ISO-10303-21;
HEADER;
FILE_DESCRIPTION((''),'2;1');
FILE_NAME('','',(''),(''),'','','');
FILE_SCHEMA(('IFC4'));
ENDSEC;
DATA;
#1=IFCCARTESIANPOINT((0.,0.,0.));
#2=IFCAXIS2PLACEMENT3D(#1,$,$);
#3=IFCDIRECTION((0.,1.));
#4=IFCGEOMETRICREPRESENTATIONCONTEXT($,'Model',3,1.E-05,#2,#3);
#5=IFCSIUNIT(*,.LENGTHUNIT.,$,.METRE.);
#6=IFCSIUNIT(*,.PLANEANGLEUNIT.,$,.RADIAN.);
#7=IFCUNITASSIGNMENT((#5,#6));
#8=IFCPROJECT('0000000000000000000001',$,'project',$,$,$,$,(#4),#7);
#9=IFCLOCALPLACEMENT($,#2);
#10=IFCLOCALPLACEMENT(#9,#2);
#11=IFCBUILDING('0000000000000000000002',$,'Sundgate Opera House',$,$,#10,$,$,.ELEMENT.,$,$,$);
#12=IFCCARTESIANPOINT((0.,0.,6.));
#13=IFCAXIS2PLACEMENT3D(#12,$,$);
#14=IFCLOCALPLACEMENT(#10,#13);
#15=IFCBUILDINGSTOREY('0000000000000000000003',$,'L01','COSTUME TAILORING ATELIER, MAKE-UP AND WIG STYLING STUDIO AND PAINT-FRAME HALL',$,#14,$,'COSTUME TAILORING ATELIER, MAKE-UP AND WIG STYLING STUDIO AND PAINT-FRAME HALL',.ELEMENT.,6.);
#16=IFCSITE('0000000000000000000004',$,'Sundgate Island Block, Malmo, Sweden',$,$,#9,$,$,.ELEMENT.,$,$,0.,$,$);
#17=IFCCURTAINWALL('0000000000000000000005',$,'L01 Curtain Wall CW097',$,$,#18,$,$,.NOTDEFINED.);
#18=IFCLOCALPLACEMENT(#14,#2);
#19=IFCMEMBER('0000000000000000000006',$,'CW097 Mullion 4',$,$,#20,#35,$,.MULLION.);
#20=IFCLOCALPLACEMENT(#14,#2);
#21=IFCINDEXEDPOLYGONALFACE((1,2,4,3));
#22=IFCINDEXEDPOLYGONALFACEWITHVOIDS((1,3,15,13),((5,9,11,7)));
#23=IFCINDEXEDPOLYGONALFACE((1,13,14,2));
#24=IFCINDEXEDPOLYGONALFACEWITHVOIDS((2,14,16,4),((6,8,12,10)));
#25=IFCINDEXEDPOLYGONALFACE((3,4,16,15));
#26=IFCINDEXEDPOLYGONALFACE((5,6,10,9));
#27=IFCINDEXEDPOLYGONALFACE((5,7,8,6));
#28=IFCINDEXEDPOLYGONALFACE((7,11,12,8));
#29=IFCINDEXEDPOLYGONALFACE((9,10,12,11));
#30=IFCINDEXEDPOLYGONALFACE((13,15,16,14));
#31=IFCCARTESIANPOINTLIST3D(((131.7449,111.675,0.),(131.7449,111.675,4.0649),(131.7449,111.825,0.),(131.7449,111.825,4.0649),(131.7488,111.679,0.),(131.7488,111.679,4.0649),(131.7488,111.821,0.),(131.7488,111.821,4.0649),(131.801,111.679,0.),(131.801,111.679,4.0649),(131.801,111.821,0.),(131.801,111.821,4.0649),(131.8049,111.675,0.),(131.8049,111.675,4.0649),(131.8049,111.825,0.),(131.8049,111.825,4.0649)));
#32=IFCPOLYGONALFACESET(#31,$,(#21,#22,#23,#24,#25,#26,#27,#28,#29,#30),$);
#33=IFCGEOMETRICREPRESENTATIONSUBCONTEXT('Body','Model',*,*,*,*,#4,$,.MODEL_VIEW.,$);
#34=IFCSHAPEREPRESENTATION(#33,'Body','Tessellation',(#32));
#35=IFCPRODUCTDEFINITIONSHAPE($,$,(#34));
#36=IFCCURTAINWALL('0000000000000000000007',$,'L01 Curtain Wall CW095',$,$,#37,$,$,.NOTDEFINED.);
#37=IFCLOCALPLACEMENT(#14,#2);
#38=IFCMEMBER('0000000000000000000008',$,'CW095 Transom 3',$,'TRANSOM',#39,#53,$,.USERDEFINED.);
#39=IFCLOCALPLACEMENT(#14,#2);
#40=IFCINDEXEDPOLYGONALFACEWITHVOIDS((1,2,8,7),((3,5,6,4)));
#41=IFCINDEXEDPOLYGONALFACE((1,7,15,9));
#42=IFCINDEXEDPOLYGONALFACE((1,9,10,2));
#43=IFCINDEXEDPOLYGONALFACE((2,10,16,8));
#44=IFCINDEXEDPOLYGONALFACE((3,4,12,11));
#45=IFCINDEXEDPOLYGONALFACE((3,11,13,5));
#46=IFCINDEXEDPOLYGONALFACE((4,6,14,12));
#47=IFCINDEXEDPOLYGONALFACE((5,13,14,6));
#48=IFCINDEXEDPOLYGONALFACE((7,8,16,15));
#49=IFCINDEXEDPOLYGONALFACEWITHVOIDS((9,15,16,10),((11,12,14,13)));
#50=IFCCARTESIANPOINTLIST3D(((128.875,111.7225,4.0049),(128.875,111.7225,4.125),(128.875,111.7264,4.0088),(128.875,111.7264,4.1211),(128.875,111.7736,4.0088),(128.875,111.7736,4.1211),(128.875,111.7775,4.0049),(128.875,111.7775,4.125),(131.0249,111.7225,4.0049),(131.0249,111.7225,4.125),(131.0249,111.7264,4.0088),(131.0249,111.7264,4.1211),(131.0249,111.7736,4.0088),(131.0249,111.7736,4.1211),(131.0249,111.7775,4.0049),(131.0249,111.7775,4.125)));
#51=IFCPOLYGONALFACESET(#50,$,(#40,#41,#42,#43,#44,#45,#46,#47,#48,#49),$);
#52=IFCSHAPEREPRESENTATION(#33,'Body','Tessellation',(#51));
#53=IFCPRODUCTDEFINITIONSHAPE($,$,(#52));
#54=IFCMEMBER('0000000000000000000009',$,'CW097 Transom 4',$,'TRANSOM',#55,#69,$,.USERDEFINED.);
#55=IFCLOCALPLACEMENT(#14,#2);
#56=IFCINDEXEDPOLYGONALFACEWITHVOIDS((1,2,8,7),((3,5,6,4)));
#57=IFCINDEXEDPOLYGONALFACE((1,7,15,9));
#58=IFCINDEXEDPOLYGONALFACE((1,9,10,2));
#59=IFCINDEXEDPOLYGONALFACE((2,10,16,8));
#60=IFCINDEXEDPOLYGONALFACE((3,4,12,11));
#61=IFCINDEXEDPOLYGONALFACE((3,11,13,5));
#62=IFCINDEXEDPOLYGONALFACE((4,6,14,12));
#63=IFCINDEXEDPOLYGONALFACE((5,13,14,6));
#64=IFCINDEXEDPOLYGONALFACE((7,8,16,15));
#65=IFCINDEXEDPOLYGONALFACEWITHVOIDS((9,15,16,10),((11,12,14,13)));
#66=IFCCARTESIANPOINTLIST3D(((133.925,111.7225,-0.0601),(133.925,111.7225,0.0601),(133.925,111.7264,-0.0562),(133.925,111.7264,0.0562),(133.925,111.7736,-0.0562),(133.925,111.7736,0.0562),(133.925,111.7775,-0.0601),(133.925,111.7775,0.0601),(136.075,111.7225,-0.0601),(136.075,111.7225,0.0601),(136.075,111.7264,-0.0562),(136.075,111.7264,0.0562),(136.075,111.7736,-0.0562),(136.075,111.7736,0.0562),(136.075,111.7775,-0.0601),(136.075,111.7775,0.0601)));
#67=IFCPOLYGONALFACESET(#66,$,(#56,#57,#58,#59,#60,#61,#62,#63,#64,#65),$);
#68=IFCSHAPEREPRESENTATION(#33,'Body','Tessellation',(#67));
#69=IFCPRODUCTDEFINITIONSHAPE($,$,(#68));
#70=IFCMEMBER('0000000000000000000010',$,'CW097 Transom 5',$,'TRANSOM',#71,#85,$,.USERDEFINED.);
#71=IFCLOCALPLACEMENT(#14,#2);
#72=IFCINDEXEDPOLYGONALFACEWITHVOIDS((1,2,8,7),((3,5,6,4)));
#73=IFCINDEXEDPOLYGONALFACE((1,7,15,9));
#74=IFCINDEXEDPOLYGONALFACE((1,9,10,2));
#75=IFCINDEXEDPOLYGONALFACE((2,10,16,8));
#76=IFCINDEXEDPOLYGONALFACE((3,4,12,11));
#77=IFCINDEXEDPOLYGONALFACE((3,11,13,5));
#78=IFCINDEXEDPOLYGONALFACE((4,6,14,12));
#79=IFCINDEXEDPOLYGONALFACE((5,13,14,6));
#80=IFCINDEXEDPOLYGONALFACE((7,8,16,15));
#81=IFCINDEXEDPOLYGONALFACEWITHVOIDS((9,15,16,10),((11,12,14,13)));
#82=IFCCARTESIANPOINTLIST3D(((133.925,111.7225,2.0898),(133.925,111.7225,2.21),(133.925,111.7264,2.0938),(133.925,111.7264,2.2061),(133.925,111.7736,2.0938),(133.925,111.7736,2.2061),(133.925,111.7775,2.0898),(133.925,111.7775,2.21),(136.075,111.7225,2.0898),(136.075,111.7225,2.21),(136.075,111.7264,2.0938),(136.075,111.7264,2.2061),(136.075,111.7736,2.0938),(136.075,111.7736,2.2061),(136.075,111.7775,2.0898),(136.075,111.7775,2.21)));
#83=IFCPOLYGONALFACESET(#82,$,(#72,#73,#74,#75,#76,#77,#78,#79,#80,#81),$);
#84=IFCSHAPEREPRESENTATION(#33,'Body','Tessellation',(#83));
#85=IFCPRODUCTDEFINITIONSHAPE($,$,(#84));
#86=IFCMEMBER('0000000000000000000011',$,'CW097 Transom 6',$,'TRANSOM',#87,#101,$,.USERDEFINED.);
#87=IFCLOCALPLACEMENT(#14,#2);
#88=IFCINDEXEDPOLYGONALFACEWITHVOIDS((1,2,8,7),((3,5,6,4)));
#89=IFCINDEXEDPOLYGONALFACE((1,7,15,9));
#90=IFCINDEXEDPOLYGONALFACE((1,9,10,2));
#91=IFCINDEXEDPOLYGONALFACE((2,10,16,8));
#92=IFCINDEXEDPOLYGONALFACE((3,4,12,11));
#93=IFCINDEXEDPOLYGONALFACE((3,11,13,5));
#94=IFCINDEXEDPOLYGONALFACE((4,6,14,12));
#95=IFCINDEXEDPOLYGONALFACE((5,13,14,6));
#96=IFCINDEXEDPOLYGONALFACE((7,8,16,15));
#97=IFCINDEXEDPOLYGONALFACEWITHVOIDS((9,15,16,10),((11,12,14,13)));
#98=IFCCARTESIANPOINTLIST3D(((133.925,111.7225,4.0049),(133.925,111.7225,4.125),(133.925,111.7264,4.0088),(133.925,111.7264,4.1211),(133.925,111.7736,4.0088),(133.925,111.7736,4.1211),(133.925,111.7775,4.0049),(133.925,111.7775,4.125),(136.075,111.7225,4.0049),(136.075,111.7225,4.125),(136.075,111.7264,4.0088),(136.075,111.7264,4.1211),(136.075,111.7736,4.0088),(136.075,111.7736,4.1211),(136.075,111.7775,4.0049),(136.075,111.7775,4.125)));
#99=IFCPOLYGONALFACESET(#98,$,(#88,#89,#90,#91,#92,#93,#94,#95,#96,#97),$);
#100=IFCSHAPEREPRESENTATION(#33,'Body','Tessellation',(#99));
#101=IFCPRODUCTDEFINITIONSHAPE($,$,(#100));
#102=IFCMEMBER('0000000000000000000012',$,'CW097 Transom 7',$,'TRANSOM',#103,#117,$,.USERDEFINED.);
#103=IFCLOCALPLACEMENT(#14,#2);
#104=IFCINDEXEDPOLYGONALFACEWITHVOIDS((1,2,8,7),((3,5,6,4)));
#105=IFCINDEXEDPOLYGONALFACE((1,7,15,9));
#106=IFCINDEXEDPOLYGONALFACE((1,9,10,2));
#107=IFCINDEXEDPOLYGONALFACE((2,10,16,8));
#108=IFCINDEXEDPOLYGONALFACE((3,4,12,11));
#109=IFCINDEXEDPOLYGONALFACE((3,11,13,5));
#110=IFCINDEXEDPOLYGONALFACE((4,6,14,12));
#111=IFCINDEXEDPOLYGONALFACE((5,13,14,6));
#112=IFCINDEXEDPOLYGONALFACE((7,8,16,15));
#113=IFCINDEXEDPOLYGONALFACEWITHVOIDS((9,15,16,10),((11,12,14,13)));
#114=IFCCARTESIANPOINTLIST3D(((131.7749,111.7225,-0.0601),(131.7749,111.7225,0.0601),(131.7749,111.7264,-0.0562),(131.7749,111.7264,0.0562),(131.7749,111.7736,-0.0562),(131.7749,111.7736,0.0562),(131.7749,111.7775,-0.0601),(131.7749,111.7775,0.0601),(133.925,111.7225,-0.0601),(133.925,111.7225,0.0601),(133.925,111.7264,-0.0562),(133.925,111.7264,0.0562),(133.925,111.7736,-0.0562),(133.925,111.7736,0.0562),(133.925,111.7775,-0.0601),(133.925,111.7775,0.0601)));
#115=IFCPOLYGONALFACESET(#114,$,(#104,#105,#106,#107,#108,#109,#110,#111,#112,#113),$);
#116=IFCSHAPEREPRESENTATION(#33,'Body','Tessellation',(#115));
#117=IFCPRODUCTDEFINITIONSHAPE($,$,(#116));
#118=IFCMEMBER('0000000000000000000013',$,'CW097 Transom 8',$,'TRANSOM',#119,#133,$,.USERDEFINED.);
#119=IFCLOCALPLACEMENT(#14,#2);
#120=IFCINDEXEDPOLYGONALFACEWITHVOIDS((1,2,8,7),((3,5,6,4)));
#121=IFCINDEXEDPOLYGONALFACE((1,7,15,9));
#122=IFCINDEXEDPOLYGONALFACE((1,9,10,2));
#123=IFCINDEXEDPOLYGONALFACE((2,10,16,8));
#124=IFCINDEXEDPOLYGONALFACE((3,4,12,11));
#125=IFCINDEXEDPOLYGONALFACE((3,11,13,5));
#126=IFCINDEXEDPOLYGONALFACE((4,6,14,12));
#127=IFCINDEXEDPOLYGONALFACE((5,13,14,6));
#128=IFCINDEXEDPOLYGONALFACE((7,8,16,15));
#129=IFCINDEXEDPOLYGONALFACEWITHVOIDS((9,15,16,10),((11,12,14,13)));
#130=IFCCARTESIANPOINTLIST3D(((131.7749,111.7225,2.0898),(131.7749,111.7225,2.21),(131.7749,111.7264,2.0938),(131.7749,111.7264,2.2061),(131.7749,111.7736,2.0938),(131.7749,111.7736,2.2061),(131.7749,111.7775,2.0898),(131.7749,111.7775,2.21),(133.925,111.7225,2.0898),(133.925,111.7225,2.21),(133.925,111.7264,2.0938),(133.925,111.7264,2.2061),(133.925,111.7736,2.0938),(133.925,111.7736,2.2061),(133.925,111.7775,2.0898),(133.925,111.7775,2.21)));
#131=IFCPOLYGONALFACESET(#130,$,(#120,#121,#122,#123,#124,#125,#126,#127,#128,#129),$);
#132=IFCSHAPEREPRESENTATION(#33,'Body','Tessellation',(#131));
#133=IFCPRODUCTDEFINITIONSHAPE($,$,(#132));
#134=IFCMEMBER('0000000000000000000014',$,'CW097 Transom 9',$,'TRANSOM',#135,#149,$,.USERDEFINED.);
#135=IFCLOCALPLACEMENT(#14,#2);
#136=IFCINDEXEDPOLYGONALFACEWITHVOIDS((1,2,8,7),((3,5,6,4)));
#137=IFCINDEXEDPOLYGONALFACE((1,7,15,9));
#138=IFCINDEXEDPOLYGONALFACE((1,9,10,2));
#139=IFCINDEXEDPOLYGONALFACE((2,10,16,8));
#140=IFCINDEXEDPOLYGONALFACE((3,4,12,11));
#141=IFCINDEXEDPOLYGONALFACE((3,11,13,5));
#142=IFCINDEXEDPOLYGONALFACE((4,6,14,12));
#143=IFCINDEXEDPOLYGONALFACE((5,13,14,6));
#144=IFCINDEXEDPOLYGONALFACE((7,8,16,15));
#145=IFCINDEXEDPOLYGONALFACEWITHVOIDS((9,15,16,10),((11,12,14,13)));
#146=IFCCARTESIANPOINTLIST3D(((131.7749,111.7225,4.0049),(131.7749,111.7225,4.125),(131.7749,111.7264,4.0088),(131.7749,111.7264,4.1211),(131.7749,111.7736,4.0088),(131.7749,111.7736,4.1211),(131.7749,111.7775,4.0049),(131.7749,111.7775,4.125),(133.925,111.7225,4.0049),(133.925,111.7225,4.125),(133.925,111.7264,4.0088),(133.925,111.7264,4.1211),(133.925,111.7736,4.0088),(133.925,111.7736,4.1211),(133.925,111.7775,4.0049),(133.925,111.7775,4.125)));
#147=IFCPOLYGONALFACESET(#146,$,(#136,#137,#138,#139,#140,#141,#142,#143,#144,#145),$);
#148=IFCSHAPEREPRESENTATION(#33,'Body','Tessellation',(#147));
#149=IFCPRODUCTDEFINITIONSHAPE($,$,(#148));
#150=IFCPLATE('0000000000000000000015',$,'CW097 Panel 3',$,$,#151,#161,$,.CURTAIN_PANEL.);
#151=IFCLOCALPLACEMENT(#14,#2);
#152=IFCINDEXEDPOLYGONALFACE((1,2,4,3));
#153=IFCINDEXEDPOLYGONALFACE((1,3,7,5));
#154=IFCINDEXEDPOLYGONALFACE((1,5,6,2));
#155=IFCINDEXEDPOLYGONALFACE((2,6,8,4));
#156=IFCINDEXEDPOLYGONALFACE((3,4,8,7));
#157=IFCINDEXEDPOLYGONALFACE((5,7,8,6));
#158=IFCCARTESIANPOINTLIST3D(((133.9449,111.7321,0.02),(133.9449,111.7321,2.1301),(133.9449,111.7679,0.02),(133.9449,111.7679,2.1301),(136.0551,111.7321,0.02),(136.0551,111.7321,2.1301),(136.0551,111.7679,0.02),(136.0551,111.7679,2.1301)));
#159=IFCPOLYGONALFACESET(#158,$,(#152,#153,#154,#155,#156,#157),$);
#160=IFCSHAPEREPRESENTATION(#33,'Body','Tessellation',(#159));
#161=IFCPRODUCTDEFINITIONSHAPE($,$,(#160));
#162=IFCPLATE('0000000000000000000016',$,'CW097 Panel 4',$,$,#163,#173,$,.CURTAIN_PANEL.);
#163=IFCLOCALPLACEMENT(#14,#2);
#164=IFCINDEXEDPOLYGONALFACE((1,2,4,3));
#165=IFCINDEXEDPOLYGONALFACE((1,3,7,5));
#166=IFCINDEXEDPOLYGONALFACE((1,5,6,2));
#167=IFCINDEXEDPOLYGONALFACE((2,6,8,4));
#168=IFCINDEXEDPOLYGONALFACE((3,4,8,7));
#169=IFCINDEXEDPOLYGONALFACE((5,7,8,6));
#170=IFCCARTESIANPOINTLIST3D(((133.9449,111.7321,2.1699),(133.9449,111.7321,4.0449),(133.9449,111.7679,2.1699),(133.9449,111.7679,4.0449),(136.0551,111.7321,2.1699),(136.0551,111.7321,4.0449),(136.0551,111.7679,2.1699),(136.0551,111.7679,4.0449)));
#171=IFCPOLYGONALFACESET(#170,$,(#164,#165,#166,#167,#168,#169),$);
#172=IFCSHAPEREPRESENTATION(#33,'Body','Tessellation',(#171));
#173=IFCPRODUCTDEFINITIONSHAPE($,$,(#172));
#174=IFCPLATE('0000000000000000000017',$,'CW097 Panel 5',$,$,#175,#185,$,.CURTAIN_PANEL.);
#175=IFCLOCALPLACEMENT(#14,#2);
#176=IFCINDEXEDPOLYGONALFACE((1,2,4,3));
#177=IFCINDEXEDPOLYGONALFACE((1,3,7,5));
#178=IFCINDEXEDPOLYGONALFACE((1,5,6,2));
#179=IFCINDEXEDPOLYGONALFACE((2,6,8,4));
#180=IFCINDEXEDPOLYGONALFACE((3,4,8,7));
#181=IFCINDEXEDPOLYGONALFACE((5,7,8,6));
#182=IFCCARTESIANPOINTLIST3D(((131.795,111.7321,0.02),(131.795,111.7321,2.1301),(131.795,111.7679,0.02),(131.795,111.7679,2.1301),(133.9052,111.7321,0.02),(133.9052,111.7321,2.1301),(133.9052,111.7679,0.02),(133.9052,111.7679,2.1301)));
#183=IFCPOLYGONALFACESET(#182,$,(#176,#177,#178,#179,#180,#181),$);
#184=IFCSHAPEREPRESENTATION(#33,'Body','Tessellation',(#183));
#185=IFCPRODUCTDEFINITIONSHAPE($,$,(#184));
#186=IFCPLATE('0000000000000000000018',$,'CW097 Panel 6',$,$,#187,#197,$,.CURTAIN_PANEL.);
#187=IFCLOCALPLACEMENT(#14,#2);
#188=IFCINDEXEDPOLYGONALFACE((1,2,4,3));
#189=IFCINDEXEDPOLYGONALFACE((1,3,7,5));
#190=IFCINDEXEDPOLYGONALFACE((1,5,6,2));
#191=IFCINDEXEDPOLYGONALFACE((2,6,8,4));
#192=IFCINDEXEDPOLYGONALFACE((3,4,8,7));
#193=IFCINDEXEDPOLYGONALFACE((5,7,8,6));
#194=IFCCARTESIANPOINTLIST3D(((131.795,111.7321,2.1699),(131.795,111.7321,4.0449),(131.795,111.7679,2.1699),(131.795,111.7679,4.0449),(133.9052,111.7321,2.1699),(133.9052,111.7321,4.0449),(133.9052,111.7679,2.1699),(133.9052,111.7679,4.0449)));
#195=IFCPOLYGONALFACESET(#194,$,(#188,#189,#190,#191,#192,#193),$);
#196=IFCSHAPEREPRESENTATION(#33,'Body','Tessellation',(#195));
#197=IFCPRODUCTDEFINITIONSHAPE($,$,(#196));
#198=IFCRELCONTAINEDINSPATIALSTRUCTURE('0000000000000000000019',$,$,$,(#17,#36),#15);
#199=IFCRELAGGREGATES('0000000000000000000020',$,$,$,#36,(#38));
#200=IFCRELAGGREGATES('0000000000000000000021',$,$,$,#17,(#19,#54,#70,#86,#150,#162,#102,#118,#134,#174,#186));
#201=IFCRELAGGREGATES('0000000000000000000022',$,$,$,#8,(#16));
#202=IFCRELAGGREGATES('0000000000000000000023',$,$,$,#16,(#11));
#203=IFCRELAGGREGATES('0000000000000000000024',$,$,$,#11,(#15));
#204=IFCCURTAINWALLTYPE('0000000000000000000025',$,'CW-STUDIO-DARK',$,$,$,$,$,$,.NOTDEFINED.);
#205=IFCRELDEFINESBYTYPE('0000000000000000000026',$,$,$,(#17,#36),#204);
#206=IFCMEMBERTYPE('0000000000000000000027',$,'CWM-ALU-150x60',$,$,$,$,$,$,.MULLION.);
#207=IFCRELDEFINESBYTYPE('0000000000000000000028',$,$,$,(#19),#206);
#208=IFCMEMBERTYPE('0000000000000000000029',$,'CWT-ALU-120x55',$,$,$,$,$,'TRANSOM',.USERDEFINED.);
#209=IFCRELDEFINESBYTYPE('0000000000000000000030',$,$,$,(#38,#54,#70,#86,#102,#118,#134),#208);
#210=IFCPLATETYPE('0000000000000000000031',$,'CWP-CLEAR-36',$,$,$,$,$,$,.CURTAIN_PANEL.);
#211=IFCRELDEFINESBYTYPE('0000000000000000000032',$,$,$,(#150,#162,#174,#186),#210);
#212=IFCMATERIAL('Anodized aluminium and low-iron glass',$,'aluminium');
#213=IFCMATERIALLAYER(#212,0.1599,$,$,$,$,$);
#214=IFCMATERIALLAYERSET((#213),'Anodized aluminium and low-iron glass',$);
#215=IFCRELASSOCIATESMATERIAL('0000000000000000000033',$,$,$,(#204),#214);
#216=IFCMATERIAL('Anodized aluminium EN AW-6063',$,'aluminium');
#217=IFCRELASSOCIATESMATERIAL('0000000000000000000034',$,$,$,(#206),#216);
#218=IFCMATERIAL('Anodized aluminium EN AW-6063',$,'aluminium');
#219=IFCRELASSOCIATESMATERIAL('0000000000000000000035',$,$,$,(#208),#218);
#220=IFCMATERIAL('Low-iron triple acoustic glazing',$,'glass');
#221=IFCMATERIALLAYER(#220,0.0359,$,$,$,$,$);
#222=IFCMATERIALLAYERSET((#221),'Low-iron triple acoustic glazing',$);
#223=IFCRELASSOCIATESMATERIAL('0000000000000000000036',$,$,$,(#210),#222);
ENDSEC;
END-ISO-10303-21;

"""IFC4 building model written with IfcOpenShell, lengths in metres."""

from ifc_helpers import new_model, si_unit, direction, frame, origin, origin_2d, place, context, subcontext, project, spatial, rectangle, hollow_rectangle, extrude, material, layer, layer_set, material_profile, profile_set, type_object, element, aggregate, save


model = new_model("IFC4")

# Units and contexts
model_context = context("Model", 3, precision=1e-05, world=origin(), true_north=direction((0.0, 1.0)))
body_context = subcontext(model_context, "Body", "Model", "MODEL_VIEW")
ifc_project = project(units=[si_unit("LENGTHUNIT", "METRE"), si_unit("PLANEANGLEUNIT", "RADIAN")], contexts=[model_context])

# Site, building, storey
site_placement = place(None, origin())
site = spatial("IfcSite", under=ifc_project, at=site_placement, Name="Sundgate Island Block, Malmo, Sweden", CompositionType="ELEMENT", RefElevation=0.0)
building_placement = place(site_placement, origin())
building = spatial("IfcBuilding", under=site, at=building_placement, Name="Sundgate Opera House", CompositionType="ELEMENT")
storey_placement = place(building_placement, frame((0.0, 0.0, 6.0)))
storey = spatial("IfcBuildingStorey", under=building, at=storey_placement, Name="L01", Description="COSTUME TAILORING ATELIER, MAKE-UP AND WIG STYLING STUDIO AND PAINT-FRAME HALL", LongName="COSTUME TAILORING ATELIER, MAKE-UP AND WIG STYLING STUDIO AND PAINT-FRAME HALL", CompositionType="ELEMENT", Elevation=6.0)

# Curtain wall, member
ifc_material_1 = material(Name="Anodized aluminium and low-iron glass", Category="aluminium")
ifc_layer_1 = layer(ifc_material_1, 0.1599)
ifc_layer_set_1 = layer_set([ifc_layer_1], Name="Anodized aluminium and low-iron glass")
curtain_wall_type = type_object("IfcCurtainWallType", Name="CW-STUDIO-DARK", PredefinedType="NOTDEFINED", material=ifc_layer_set_1)
curtain_wall_1_placement = place(storey_placement, origin())
curtain_wall_1 = element("IfcCurtainWall", 1, at=curtain_wall_1_placement, inside=storey, type_object=curtain_wall_type, Name="L01 Curtain Wall CW097", PredefinedType="NOTDEFINED")
ifc_material_2 = material(Name="Anodized aluminium EN AW-6063", Category="aluminium")
ifc_material_profile_1 = material_profile(ifc_material_2, hollow_rectangle(XDim=0.0601, YDim=0.1499, WallThickness=0.0039, at=origin_2d()), Name="CWM 150x60x4")
ifc_profile_set_1 = profile_set([ifc_material_profile_1], Name="Anodized aluminium EN AW-6063")
member_type_1 = type_object("IfcMemberType", Name="CWM-ALU-150x60", PredefinedType="MULLION", material=ifc_profile_set_1)
member_1_placement = place(storey_placement, frame((131.7749, 111.75, 0.0), z_axis=(0.0, 0.0, 1.0), x_axis=(1.0, 0.0, 0.0)))
member_1 = element("IfcMember", 2, at=member_1_placement, type_object=member_type_1, Name="CW097 Mullion 4", PredefinedType="MULLION", context=body_context, shape_type="SweptSolid", body=[
    extrude(hollow_rectangle(XDim=0.0601, YDim=0.1499, WallThickness=0.0039, at=origin_2d()), origin(), (0.0, 0.0, 1.0), 4.0649),
])

# Curtain wall, member
curtain_wall_2_placement = place(storey_placement, origin())
curtain_wall_2 = element("IfcCurtainWall", 3, at=curtain_wall_2_placement, inside=storey, type_object=curtain_wall_type, Name="L01 Curtain Wall CW095", PredefinedType="NOTDEFINED")
ifc_material_3 = material(Name="Anodized aluminium EN AW-6063", Category="aluminium")
ifc_material_profile_2 = material_profile(ifc_material_3, hollow_rectangle(XDim=0.0549, YDim=0.1201, WallThickness=0.0039, at=origin_2d()), Name="CWT 120x55x4")
ifc_profile_set_2 = profile_set([ifc_material_profile_2], Name="Anodized aluminium EN AW-6063")
member_type_2 = type_object("IfcMemberType", Name="CWT-ALU-120x55", ElementType="TRANSOM", PredefinedType="USERDEFINED", material=ifc_profile_set_2)
member_2_placement = place(storey_placement, frame((131.0249, 111.75, 4.0649), z_axis=(-1.0, 0.0, 0.0), x_axis=(0.0, -1.0, 0.0)))
member_2 = element("IfcMember", 4, at=member_2_placement, type_object=member_type_2, Name="CW095 Transom 3", ObjectType="TRANSOM", PredefinedType="USERDEFINED", context=body_context, shape_type="SweptSolid", body=[
    extrude(hollow_rectangle(XDim=0.0549, YDim=0.1201, WallThickness=0.0039, at=origin_2d()), origin(), (0.0, 0.0, 1.0), 2.1499),
])
aggregate(curtain_wall_2, [member_2])

# Members
member_3_placement = place(storey_placement, frame((136.075, 111.75, 0.0), z_axis=(-1.0, 0.0, 0.0), x_axis=(0.0, -1.0, 0.0)))
member_3 = element("IfcMember", 5, at=member_3_placement, type_object=member_type_2, Name="CW097 Transom 4", ObjectType="TRANSOM", PredefinedType="USERDEFINED", context=body_context, shape_type="SweptSolid", body=[
    extrude(hollow_rectangle(XDim=0.0549, YDim=0.1201, WallThickness=0.0039, at=origin_2d()), origin(), (0.0, 0.0, 1.0), 2.1499),
])
member_4_placement = place(storey_placement, frame((136.075, 111.75, 2.1499), z_axis=(-1.0, 0.0, 0.0), x_axis=(0.0, -1.0, 0.0)))
member_4 = element("IfcMember", 6, at=member_4_placement, type_object=member_type_2, Name="CW097 Transom 5", ObjectType="TRANSOM", PredefinedType="USERDEFINED", context=body_context, shape_type="SweptSolid", body=[
    extrude(hollow_rectangle(XDim=0.0549, YDim=0.1201, WallThickness=0.0039, at=origin_2d()), origin(), (0.0, 0.0, 1.0), 2.1499),
])
member_5_placement = place(storey_placement, frame((136.075, 111.75, 4.0649), z_axis=(-1.0, 0.0, 0.0), x_axis=(0.0, -1.0, 0.0)))
member_5 = element("IfcMember", 7, at=member_5_placement, type_object=member_type_2, Name="CW097 Transom 6", ObjectType="TRANSOM", PredefinedType="USERDEFINED", context=body_context, shape_type="SweptSolid", body=[
    extrude(hollow_rectangle(XDim=0.0549, YDim=0.1201, WallThickness=0.0039, at=origin_2d()), origin(), (0.0, 0.0, 1.0), 2.1499),
])
member_6_placement = place(storey_placement, frame((133.925, 111.75, 0.0), z_axis=(-1.0, 0.0, 0.0), x_axis=(0.0, -1.0, 0.0)))
member_6 = element("IfcMember", 8, at=member_6_placement, type_object=member_type_2, Name="CW097 Transom 7", ObjectType="TRANSOM", PredefinedType="USERDEFINED", context=body_context, shape_type="SweptSolid", body=[
    extrude(hollow_rectangle(XDim=0.0549, YDim=0.1201, WallThickness=0.0039, at=origin_2d()), origin(), (0.0, 0.0, 1.0), 2.1501),
])
member_7_placement = place(storey_placement, frame((133.925, 111.75, 2.1499), z_axis=(-1.0, 0.0, 0.0), x_axis=(0.0, -1.0, 0.0)))
member_7 = element("IfcMember", 9, at=member_7_placement, type_object=member_type_2, Name="CW097 Transom 8", ObjectType="TRANSOM", PredefinedType="USERDEFINED", context=body_context, shape_type="SweptSolid", body=[
    extrude(hollow_rectangle(XDim=0.0549, YDim=0.1201, WallThickness=0.0039, at=origin_2d()), origin(), (0.0, 0.0, 1.0), 2.1501),
])
member_8_placement = place(storey_placement, frame((133.925, 111.75, 4.0649), z_axis=(-1.0, 0.0, 0.0), x_axis=(0.0, -1.0, 0.0)))
member_8 = element("IfcMember", 10, at=member_8_placement, type_object=member_type_2, Name="CW097 Transom 9", ObjectType="TRANSOM", PredefinedType="USERDEFINED", context=body_context, shape_type="SweptSolid", body=[
    extrude(hollow_rectangle(XDim=0.0549, YDim=0.1201, WallThickness=0.0039, at=origin_2d()), origin(), (0.0, 0.0, 1.0), 2.1501),
])

# Plates
ifc_material_4 = material(Name="Low-iron triple acoustic glazing", Category="glass")
ifc_layer_2 = layer(ifc_material_4, 0.0359)
ifc_layer_set_2 = layer_set([ifc_layer_2], Name="Low-iron triple acoustic glazing")
plate_type = type_object("IfcPlateType", Name="CWP-CLEAR-36", PredefinedType="CURTAIN_PANEL", material=ifc_layer_set_2)
plate_1_placement = place(storey_placement, frame((135.0, 111.75, 0.02), z_axis=(0.0, 0.0, 1.0), x_axis=(-1.0, 0.0, 0.0)))
plate_1 = element("IfcPlate", 11, at=plate_1_placement, type_object=plate_type, Name="CW097 Panel 3", PredefinedType="CURTAIN_PANEL", context=body_context, shape_type="SweptSolid", body=[
    extrude(rectangle(XDim=2.1101, YDim=0.0359, at=origin_2d()), origin(), (0.0, 0.0, 1.0), 2.1101),
])
plate_2_placement = place(storey_placement, frame((135.0, 111.75, 2.1699), z_axis=(0.0, 0.0, 1.0), x_axis=(-1.0, 0.0, 0.0)))
plate_2 = element("IfcPlate", 12, at=plate_2_placement, type_object=plate_type, Name="CW097 Panel 4", PredefinedType="CURTAIN_PANEL", context=body_context, shape_type="SweptSolid", body=[
    extrude(rectangle(XDim=2.1101, YDim=0.0359, at=origin_2d()), origin(), (0.0, 0.0, 1.0), 1.875),
])
plate_3_placement = place(storey_placement, frame((132.8501, 111.75, 0.02), z_axis=(0.0, 0.0, 1.0), x_axis=(-1.0, 0.0, 0.0)))
plate_3 = element("IfcPlate", 13, at=plate_3_placement, type_object=plate_type, Name="CW097 Panel 5", PredefinedType="CURTAIN_PANEL", context=body_context, shape_type="SweptSolid", body=[
    extrude(rectangle(XDim=2.1101, YDim=0.0359, at=origin_2d()), origin(), (0.0, 0.0, 1.0), 2.1101),
])
plate_4_placement = place(storey_placement, frame((132.8501, 111.75, 2.1699), z_axis=(0.0, 0.0, 1.0), x_axis=(-1.0, 0.0, 0.0)))
plate_4 = element("IfcPlate", 14, at=plate_4_placement, type_object=plate_type, Name="CW097 Panel 6", PredefinedType="CURTAIN_PANEL", context=body_context, shape_type="SweptSolid", body=[
    extrude(rectangle(XDim=2.1101, YDim=0.0359, at=origin_2d()), origin(), (0.0, 0.0, 1.0), 1.875),
])
aggregate(curtain_wall_1, [member_1, member_3, member_4, member_5, plate_1, plate_2, member_6, member_7, member_8, plate_3, plate_4])

save(model, "model.ifc")
